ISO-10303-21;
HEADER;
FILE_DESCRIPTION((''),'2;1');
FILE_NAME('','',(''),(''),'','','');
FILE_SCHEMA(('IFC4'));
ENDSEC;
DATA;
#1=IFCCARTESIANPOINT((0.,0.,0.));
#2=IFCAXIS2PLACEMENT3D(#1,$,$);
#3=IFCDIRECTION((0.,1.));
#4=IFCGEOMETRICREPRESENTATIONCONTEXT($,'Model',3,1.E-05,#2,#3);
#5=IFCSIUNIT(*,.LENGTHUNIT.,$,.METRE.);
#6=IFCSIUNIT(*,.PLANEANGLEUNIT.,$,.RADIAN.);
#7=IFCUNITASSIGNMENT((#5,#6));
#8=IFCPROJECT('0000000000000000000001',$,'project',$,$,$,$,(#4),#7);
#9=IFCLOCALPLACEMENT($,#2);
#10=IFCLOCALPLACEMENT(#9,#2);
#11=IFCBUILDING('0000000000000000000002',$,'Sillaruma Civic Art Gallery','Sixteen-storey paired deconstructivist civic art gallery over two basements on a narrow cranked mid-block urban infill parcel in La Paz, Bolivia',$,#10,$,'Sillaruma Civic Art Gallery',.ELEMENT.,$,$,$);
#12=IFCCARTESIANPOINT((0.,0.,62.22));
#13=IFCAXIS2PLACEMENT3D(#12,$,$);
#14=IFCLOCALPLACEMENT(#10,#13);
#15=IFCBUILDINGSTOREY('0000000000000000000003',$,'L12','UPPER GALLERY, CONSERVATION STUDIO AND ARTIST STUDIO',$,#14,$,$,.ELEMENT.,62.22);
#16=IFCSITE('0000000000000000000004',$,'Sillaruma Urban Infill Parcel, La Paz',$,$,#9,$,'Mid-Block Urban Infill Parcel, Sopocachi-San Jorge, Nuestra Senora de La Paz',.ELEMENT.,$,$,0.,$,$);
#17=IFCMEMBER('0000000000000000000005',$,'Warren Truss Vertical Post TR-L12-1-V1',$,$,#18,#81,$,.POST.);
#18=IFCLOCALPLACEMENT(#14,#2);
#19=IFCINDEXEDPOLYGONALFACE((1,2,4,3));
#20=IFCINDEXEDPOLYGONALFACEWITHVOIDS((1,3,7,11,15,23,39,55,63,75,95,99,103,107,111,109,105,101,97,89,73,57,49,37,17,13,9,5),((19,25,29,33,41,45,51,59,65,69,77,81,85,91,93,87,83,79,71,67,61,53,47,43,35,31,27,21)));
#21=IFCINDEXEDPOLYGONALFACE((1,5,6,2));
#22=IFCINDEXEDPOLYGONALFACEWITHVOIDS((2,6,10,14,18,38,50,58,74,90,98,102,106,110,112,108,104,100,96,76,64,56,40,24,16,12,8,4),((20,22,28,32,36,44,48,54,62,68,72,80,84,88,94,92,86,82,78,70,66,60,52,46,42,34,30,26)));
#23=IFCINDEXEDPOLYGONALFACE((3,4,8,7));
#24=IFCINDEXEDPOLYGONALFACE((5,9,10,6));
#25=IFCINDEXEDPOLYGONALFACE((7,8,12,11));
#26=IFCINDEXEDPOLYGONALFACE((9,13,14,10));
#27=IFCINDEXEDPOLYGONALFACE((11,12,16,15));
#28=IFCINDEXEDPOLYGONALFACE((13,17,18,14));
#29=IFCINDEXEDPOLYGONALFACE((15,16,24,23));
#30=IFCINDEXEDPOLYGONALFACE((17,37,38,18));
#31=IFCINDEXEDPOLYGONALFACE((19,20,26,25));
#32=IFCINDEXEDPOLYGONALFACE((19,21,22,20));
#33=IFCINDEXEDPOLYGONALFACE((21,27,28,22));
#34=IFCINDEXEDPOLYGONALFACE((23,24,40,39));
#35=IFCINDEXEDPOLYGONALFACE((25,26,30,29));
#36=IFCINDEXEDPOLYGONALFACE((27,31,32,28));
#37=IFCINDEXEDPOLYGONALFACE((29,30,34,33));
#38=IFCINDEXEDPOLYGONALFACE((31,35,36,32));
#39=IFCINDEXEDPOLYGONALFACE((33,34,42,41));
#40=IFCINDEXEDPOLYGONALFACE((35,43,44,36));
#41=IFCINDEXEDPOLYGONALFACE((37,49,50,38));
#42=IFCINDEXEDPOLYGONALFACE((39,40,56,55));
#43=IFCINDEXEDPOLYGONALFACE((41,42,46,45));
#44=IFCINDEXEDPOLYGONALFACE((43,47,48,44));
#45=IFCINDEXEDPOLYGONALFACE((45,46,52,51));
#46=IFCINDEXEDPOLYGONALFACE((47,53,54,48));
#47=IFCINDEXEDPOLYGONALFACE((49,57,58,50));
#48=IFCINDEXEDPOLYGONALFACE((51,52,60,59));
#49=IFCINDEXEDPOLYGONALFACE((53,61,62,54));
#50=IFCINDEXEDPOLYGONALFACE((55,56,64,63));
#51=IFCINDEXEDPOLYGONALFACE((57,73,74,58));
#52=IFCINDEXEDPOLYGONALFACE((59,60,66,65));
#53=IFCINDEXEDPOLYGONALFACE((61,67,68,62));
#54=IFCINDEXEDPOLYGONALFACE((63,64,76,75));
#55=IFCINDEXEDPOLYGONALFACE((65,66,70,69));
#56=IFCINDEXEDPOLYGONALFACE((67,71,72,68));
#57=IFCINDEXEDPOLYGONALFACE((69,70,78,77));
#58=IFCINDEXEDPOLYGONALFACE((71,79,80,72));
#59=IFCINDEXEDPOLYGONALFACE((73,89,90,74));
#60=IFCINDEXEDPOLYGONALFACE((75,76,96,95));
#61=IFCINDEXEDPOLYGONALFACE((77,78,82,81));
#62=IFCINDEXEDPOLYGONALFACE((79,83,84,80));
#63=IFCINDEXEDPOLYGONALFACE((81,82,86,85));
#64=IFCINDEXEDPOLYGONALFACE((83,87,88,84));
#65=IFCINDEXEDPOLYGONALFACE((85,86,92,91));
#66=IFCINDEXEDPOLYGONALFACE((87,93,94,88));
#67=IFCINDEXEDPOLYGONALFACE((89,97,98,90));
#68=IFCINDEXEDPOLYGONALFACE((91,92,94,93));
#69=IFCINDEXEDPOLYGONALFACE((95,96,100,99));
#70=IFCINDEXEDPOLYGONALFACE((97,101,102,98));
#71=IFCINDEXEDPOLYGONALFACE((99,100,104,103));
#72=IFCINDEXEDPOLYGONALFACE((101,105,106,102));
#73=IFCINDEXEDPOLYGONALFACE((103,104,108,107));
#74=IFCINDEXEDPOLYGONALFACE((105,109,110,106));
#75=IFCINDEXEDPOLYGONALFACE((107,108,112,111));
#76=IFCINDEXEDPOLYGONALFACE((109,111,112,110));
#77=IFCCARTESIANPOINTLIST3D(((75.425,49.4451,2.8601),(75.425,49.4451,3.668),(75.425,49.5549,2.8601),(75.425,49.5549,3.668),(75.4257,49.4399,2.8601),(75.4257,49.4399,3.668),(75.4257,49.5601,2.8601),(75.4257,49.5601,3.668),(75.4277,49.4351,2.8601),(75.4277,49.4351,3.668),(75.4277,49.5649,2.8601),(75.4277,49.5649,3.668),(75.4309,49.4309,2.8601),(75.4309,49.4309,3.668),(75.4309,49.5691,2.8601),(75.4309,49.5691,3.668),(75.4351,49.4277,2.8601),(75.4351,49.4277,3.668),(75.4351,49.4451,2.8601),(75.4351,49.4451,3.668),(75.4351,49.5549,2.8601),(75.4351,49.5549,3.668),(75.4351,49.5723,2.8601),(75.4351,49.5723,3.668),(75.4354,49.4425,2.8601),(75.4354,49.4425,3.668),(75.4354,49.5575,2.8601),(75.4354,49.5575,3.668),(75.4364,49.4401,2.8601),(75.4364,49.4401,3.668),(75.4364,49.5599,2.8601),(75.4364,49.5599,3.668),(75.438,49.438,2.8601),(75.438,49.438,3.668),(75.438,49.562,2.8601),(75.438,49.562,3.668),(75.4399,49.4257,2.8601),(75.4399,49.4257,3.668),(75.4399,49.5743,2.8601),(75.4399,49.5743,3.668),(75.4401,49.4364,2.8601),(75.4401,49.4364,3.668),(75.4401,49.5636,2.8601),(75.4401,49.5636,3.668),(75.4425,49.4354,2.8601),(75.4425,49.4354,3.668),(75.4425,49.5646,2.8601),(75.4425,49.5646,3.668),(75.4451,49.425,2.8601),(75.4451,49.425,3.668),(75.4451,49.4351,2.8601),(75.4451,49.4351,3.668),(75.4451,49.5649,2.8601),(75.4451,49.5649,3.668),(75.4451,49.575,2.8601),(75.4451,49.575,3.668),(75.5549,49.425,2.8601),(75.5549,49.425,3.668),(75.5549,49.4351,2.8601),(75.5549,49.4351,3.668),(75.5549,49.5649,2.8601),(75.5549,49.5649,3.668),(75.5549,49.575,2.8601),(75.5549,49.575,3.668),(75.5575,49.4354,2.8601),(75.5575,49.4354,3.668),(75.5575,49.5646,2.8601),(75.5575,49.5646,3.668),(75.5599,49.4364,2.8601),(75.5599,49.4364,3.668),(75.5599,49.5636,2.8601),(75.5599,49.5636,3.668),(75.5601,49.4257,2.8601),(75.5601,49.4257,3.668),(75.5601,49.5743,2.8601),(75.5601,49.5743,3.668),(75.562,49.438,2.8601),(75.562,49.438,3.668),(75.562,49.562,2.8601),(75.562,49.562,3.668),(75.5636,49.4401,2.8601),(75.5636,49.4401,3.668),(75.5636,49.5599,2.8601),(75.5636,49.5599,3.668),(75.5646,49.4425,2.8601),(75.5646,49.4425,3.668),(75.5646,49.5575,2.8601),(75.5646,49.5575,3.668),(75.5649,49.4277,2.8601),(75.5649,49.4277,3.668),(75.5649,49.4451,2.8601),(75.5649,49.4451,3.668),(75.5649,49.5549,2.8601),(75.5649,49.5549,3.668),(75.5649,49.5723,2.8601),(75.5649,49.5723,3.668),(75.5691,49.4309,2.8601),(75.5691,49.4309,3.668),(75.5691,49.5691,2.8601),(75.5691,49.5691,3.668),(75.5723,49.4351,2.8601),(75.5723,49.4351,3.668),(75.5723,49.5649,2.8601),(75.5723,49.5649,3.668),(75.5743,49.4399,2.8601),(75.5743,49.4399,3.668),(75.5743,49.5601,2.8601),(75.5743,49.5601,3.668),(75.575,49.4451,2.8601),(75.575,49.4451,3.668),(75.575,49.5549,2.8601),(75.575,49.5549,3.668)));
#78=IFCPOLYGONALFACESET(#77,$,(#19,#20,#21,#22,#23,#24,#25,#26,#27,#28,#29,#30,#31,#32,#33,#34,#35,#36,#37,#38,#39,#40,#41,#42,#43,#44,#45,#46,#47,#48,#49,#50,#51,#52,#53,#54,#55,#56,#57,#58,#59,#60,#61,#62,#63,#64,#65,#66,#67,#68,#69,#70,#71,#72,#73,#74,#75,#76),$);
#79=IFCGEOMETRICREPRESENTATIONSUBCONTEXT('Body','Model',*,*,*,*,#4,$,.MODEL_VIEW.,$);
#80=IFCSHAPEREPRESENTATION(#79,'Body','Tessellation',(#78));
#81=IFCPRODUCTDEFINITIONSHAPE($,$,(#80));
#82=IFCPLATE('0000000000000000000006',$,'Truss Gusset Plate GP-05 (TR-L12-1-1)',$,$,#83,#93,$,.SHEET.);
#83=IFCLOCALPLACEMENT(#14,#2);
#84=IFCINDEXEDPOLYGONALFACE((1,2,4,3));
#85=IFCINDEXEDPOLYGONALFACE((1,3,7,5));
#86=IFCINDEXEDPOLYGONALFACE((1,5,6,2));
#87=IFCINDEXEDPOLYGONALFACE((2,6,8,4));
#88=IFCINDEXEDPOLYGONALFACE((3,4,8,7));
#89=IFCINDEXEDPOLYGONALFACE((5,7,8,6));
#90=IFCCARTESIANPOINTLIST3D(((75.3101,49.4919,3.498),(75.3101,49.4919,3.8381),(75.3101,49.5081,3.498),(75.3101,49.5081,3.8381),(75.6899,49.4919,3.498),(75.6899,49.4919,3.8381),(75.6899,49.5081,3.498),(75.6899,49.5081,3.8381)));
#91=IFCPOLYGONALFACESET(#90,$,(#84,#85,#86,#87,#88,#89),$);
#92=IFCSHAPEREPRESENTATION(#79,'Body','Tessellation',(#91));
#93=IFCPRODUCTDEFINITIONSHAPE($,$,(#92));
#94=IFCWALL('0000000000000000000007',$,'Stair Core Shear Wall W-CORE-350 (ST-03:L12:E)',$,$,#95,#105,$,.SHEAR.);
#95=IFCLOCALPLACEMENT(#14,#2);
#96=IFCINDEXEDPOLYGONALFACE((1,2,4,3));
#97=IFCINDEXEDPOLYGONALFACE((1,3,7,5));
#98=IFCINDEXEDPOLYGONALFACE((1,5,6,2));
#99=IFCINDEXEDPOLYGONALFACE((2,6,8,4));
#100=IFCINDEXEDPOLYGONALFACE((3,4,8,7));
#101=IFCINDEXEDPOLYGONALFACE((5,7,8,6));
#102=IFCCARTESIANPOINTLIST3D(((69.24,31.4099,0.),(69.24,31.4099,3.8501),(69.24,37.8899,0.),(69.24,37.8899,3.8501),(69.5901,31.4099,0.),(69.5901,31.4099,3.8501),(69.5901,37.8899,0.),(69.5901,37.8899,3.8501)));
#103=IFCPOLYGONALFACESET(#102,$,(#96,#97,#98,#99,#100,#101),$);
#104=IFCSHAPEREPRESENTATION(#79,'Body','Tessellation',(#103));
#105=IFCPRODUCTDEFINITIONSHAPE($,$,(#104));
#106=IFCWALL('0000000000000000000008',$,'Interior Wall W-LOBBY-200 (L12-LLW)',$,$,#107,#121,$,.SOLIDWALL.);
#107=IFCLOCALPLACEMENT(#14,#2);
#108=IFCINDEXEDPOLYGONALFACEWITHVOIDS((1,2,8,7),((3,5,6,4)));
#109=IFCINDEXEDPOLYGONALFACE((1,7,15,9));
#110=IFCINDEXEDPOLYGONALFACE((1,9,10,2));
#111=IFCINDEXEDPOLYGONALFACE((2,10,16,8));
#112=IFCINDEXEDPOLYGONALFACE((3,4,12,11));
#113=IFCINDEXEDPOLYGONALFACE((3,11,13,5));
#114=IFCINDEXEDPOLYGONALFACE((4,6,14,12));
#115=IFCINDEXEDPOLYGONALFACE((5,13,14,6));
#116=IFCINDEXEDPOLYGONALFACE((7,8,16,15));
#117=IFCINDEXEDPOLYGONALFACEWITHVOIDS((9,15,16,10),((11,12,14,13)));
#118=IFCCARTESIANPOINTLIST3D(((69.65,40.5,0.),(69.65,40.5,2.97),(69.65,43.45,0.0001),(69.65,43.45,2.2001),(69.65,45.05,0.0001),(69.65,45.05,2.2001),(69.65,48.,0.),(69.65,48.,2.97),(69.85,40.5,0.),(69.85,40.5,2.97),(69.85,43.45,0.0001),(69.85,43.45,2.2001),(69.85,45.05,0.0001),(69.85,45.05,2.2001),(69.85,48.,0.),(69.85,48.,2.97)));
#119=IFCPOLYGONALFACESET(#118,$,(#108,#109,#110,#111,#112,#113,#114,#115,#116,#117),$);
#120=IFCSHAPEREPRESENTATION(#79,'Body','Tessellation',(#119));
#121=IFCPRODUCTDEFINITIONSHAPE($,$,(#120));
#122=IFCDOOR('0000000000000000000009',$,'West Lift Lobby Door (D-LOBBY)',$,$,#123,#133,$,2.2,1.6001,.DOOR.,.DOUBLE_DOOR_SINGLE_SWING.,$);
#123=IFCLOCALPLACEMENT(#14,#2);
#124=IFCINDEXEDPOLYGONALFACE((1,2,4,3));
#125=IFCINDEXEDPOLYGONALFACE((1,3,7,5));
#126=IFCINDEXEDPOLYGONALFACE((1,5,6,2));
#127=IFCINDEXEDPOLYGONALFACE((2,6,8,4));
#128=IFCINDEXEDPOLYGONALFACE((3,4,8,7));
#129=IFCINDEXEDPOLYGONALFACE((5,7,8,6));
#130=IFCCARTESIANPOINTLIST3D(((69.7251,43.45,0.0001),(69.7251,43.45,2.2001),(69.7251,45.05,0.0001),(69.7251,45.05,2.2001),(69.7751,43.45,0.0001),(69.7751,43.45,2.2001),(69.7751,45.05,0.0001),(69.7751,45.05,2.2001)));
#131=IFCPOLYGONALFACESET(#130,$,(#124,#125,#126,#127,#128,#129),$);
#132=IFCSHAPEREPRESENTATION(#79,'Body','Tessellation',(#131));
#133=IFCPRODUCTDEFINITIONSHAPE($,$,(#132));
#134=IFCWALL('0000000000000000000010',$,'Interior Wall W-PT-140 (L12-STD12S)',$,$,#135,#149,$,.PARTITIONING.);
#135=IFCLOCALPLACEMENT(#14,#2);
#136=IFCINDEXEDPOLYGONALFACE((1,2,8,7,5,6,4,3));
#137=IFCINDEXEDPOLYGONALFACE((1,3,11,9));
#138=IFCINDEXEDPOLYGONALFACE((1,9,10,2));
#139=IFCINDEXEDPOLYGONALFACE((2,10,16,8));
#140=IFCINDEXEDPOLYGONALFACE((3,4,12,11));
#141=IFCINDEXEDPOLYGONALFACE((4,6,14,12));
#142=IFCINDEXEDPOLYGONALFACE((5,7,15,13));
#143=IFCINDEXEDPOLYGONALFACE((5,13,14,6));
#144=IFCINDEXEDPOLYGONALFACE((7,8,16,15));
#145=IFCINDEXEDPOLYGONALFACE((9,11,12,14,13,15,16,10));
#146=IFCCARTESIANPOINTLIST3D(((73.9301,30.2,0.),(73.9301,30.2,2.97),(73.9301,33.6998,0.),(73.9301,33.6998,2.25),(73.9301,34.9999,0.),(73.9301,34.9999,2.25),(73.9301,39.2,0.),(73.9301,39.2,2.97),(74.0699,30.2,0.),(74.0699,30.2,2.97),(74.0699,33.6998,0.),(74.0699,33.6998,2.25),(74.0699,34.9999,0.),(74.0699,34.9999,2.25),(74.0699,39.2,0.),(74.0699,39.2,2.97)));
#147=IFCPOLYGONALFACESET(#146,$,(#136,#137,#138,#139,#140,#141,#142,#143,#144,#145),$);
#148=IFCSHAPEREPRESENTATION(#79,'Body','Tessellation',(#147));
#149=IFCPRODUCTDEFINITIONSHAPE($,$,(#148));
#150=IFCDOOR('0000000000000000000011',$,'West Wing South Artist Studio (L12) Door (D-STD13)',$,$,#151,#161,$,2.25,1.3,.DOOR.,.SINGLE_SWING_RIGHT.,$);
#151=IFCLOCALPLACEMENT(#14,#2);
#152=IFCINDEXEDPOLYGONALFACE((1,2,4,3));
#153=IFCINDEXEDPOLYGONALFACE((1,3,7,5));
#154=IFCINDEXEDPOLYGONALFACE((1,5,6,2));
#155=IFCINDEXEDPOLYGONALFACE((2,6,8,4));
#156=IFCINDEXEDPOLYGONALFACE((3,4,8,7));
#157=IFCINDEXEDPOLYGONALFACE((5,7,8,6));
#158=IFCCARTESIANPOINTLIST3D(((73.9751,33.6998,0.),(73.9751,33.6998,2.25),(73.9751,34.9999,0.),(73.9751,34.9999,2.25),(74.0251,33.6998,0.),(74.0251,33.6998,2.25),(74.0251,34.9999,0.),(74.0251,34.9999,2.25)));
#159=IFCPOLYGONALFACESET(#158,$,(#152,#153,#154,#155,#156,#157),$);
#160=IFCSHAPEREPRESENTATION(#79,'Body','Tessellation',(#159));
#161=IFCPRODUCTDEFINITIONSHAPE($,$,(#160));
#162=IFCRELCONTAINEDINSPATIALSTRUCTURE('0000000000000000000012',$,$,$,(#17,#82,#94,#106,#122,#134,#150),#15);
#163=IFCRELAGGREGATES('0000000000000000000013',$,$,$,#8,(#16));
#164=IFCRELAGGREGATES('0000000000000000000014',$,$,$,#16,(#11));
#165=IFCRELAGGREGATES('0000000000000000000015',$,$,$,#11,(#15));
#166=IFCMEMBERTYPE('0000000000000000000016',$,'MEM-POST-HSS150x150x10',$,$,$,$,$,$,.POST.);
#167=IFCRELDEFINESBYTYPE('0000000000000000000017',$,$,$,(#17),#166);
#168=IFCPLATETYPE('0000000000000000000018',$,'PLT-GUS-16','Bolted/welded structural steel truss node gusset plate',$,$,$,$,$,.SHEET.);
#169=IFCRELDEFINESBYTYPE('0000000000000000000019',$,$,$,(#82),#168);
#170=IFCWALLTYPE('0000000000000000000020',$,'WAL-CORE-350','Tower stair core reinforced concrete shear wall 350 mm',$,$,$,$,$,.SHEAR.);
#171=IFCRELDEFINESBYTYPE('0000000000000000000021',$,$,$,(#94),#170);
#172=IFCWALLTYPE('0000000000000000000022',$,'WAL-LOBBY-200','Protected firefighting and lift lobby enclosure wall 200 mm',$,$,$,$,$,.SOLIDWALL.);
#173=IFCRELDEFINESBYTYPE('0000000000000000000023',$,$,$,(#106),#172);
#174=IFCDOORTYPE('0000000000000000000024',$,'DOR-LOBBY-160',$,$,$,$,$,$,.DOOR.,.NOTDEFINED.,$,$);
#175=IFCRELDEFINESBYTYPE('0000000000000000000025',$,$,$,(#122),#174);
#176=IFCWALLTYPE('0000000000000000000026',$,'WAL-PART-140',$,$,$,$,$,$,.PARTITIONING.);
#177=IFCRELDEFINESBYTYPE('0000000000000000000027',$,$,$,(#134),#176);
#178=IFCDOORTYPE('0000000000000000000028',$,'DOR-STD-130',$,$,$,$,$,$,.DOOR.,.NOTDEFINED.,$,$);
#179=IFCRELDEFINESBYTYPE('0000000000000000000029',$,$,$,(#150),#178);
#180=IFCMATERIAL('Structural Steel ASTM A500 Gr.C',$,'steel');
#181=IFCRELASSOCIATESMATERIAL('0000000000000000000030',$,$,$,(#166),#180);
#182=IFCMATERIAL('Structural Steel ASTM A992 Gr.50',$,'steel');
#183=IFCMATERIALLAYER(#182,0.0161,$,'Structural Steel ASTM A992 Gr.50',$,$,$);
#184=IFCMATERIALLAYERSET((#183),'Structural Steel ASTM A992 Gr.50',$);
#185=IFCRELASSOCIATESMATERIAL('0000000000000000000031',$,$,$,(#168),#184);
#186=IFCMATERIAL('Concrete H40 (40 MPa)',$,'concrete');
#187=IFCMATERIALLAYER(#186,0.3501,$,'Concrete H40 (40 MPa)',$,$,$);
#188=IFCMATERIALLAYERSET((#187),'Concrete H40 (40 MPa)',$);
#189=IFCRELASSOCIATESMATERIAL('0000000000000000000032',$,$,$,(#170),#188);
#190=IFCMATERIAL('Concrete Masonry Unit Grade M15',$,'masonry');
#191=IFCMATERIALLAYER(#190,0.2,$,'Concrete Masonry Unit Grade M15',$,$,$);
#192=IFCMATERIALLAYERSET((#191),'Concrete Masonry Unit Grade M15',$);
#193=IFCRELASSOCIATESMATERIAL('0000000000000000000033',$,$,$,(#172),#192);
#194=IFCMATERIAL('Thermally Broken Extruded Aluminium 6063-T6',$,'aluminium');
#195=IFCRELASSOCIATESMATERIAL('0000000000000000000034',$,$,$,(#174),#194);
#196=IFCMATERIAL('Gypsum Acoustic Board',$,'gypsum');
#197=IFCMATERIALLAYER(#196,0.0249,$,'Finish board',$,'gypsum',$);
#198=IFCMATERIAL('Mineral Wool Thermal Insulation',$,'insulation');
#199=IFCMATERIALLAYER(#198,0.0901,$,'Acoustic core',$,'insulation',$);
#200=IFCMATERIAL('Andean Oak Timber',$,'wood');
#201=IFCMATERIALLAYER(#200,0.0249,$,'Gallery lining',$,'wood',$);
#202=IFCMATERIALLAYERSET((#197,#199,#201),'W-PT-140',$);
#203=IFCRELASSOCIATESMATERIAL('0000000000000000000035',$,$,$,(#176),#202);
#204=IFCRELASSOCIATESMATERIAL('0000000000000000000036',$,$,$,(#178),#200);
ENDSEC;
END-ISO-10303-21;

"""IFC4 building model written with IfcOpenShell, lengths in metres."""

from ifc_helpers import new_model, si_unit, direction, frame, frame_2d, origin, origin_2d, place, context, subcontext, project, spatial, rectangle, hollow_rectangle, extrude, material, layer, layer_set, material_profile, profile_set, type_object, element, fill, save


model = new_model("IFC4")

# Units and contexts
model_context = context("Model", 3, precision=1e-05, world=origin(), true_north=direction((0.0, 1.0)))
body_context = subcontext(model_context, "Body", "Model", "MODEL_VIEW")
ifc_project = project(units=[si_unit("LENGTHUNIT", "METRE"), si_unit("PLANEANGLEUNIT", "RADIAN")], contexts=[model_context])

# Site, building, storey
site_placement = place(None, origin())
site = spatial("IfcSite", under=ifc_project, at=site_placement, Name="Sillaruma Urban Infill Parcel, La Paz", LongName="Mid-Block Urban Infill Parcel, Sopocachi-San Jorge, Nuestra Senora de La Paz", CompositionType="ELEMENT", RefElevation=0.0)
building_placement = place(site_placement, origin())
building = spatial("IfcBuilding", under=site, at=building_placement, Name="Sillaruma Civic Art Gallery", Description="Sixteen-storey paired deconstructivist civic art gallery over two basements on a narrow cranked mid-block urban infill parcel in La Paz, Bolivia", LongName="Sillaruma Civic Art Gallery", CompositionType="ELEMENT")
storey_placement = place(building_placement, frame((0.0, 0.0, 62.22)))
storey = spatial("IfcBuildingStorey", under=building, at=storey_placement, Name="L12", Description="UPPER GALLERY, CONSERVATION STUDIO AND ARTIST STUDIO", CompositionType="ELEMENT", Elevation=62.22)

# Shared definitions
ifc_material_1 = material(Name="Concrete H40 (40 MPa)", Category="concrete")

# Shared definitions
ifc_material_2 = material(Name="Structural Steel ASTM A500 Gr.C", Category="steel")
ifc_material_3 = material(Name="Structural Steel ASTM A992 Gr.50", Category="steel")

# Member
ifc_material_profile_1 = material_profile(ifc_material_2, hollow_rectangle(XDim=0.1499, YDim=0.1499, WallThickness=0.01, InnerFilletRadius=0.01, OuterFilletRadius=0.02, at=origin_2d()), Name="HSS150x150x10")
ifc_profile_set_1 = profile_set([ifc_material_profile_1], Name="Structural Steel ASTM A500 Gr.C")
member_type_1 = type_object("IfcMemberType", Name="MEM-POST-HSS150x150x10", PredefinedType="POST", material=ifc_profile_set_1)
member_1_placement = place(storey_placement, frame((75.5, 49.5, 2.8601), z_axis=(0.0, 0.0, 1.0), x_axis=(1.0, 0.0, 0.0)))
element("IfcMember", 1, at=member_1_placement, inside=storey, type_object=member_type_1, Name="Warren Truss Vertical Post TR-L12-1-V1", PredefinedType="POST", context=body_context, shape_type="SweptSolid", body=[
    extrude(hollow_rectangle(XDim=0.1499, YDim=0.1499, WallThickness=0.01, InnerFilletRadius=0.01, OuterFilletRadius=0.02, at=origin_2d()), origin(), (0.0, 0.0, 1.0), 0.8079),
])

# Plate
ifc_layer_1 = layer(ifc_material_3, 0.0161, Name="Structural Steel ASTM A992 Gr.50")
ifc_layer_set_1 = layer_set([ifc_layer_1], Name="Structural Steel ASTM A992 Gr.50")
plate_type = type_object("IfcPlateType", Name="PLT-GUS-16", Description="Bolted/welded structural steel truss node gusset plate", PredefinedType="SHEET", material=ifc_layer_set_1)
plate_placement = place(storey_placement, frame((75.5, 49.5, 3.498), z_axis=(0.0, 0.0, 1.0), x_axis=(1.0, 0.0, 0.0)))
element("IfcPlate", 2, at=plate_placement, inside=storey, type_object=plate_type, Name="Truss Gusset Plate GP-05 (TR-L12-1-1)", PredefinedType="SHEET", context=body_context, shape_type="SweptSolid", body=[
    extrude(rectangle(XDim=0.3799, YDim=0.0161, at=origin_2d()), origin(), (0.0, 0.0, 1.0), 0.3401),
])

# Wall
ifc_layer_2 = layer(ifc_material_1, 0.3501, Name="Concrete H40 (40 MPa)")
ifc_layer_set_2 = layer_set([ifc_layer_2], Name="Concrete H40 (40 MPa)")
wall_type_1 = type_object("IfcWallType", Name="WAL-CORE-350", Description="Tower stair core reinforced concrete shear wall 350 mm", PredefinedType="SHEAR", material=ifc_layer_set_2)
wall_1_placement = place(storey_placement, frame((69.415, 31.4099, 0.0), z_axis=(0.0, 0.0, 1.0), x_axis=(0.0, 1.0, 0.0)))
element("IfcWall", 3, at=wall_1_placement, inside=storey, type_object=wall_type_1, Name="Stair Core Shear Wall W-CORE-350 (ST-03:L12:E)", PredefinedType="SHEAR", context=body_context, shape_type="SweptSolid", body=[
    extrude(rectangle(XDim=6.48, YDim=0.3501, at=frame_2d((3.24, 0.0))), origin(), (0.0, 0.0, 1.0), 3.8501),
])

# Walls, openings, doors
ifc_material_4 = material(Name="Concrete Masonry Unit Grade M15", Category="masonry")
ifc_layer_3 = layer(ifc_material_4, 0.2, Name="Concrete Masonry Unit Grade M15")
ifc_layer_set_3 = layer_set([ifc_layer_3], Name="Concrete Masonry Unit Grade M15")
wall_type_2 = type_object("IfcWallType", Name="WAL-LOBBY-200", Description="Protected firefighting and lift lobby enclosure wall 200 mm", PredefinedType="SOLIDWALL", material=ifc_layer_set_3)
wall_2_placement = place(storey_placement, frame((69.75, 40.5, 0.0), z_axis=(0.0, 0.0, 1.0), x_axis=(0.0, 1.0, 0.0)))
wall_2 = element("IfcWall", 4, at=wall_2_placement, inside=storey, type_object=wall_type_2, Name="Interior Wall W-LOBBY-200 (L12-LLW)", PredefinedType="SOLIDWALL", context=body_context, shape_type="SweptSolid", body=[
    extrude(rectangle(XDim=7.5, YDim=0.2, at=frame_2d((3.75, 0.0))), origin(), (0.0, 0.0, 1.0), 2.97),
])
opening_1_placement = place(wall_2_placement, frame((2.95, 0.0, 0.0)))
opening_1 = element("IfcOpeningElement", 5, at=opening_1_placement, cuts=wall_2, PredefinedType="OPENING", context=body_context, shape_type="SweptSolid", body=[
    extrude(rectangle(XDim=1.6001, YDim=2.2, at=frame_2d((0.8, 1.1001))), frame((0.0, 0.1099, 0.0), z_axis=(0.0, -1.0, 0.0), x_axis=(1.0, 0.0, 0.0)), (0.0, 0.0, 1.0), 0.22),
])
ifc_material_5 = material(Name="Thermally Broken Extruded Aluminium 6063-T6", Category="aluminium")
door_type_1 = type_object("IfcDoorType", Name="DOR-LOBBY-160", OperationType="NOTDEFINED", PredefinedType="DOOR", material=ifc_material_5)
door_1_placement = place(opening_1_placement, origin())
door_1 = element("IfcDoor", 6, at=door_1_placement, inside=storey, type_object=door_type_1, Name="West Lift Lobby Door (D-LOBBY)", OperationType="DOUBLE_DOOR_SINGLE_SWING", OverallHeight=2.2, OverallWidth=1.6001, PredefinedType="DOOR", context=body_context, shape_type="SweptSolid", body=[
    extrude(rectangle(XDim=1.6001, YDim=2.2, at=frame_2d((0.8, 1.1001))), frame((0.0, 0.0249, 0.0), z_axis=(0.0, -1.0, 0.0), x_axis=(1.0, 0.0, 0.0)), (0.0, 0.0, 1.0), 0.05),
])
fill(opening_1, door_1)
ifc_material_6 = material(Name="Gypsum Acoustic Board", Category="gypsum")
ifc_layer_4 = layer(ifc_material_6, 0.0249, Name="Finish board", Category="gypsum")
ifc_material_7 = material(Name="Mineral Wool Thermal Insulation", Category="insulation")
ifc_layer_5 = layer(ifc_material_7, 0.0901, Name="Acoustic core", Category="insulation")
ifc_material_8 = material(Name="Andean Oak Timber", Category="wood")
ifc_layer_6 = layer(ifc_material_8, 0.0249, Name="Gallery lining", Category="wood")
ifc_layer_set_4 = layer_set([ifc_layer_4, ifc_layer_5, ifc_layer_6], Name="W-PT-140")
wall_type_3 = type_object("IfcWallType", Name="WAL-PART-140", PredefinedType="PARTITIONING", material=ifc_layer_set_4)
wall_3_placement = place(storey_placement, frame((74.0, 30.2, 0.0), z_axis=(0.0, 0.0, 1.0), x_axis=(0.0, 1.0, 0.0)))
wall_3 = element("IfcWall", 7, at=wall_3_placement, inside=storey, type_object=wall_type_3, Name="Interior Wall W-PT-140 (L12-STD12S)", PredefinedType="PARTITIONING", context=body_context, shape_type="SweptSolid", body=[
    extrude(rectangle(XDim=9.0, YDim=0.1399, at=frame_2d((4.5, 0.0))), origin(), (0.0, 0.0, 1.0), 2.97),
])
opening_2_placement = place(wall_3_placement, frame((3.5, 0.0, 0.0)))
opening_2 = element("IfcOpeningElement", 8, at=opening_2_placement, cuts=wall_3, PredefinedType="OPENING", context=body_context, shape_type="SweptSolid", body=[
    extrude(rectangle(XDim=1.3, YDim=2.25, at=frame_2d((0.6499, 1.125))), frame((0.0, 0.0798, 0.0), z_axis=(0.0, -1.0, 0.0), x_axis=(1.0, 0.0, 0.0)), (0.0, 0.0, 1.0), 0.1599),
])
door_type_2 = type_object("IfcDoorType", Name="DOR-STD-130", OperationType="NOTDEFINED", PredefinedType="DOOR", material=ifc_material_8)
door_2_placement = place(opening_2_placement, origin())
door_2 = element("IfcDoor", 9, at=door_2_placement, inside=storey, type_object=door_type_2, Name="West Wing South Artist Studio (L12) Door (D-STD13)", OperationType="SINGLE_SWING_RIGHT", OverallHeight=2.25, OverallWidth=1.3, PredefinedType="DOOR", context=body_context, shape_type="SweptSolid", body=[
    extrude(rectangle(XDim=1.3, YDim=2.25, at=frame_2d((0.6499, 1.125))), frame((0.0, 0.0249, 0.0), z_axis=(0.0, -1.0, 0.0), x_axis=(1.0, 0.0, 0.0)), (0.0, 0.0, 1.0), 0.05),
])
fill(opening_2, door_2)

save(model, "model.ifc")
